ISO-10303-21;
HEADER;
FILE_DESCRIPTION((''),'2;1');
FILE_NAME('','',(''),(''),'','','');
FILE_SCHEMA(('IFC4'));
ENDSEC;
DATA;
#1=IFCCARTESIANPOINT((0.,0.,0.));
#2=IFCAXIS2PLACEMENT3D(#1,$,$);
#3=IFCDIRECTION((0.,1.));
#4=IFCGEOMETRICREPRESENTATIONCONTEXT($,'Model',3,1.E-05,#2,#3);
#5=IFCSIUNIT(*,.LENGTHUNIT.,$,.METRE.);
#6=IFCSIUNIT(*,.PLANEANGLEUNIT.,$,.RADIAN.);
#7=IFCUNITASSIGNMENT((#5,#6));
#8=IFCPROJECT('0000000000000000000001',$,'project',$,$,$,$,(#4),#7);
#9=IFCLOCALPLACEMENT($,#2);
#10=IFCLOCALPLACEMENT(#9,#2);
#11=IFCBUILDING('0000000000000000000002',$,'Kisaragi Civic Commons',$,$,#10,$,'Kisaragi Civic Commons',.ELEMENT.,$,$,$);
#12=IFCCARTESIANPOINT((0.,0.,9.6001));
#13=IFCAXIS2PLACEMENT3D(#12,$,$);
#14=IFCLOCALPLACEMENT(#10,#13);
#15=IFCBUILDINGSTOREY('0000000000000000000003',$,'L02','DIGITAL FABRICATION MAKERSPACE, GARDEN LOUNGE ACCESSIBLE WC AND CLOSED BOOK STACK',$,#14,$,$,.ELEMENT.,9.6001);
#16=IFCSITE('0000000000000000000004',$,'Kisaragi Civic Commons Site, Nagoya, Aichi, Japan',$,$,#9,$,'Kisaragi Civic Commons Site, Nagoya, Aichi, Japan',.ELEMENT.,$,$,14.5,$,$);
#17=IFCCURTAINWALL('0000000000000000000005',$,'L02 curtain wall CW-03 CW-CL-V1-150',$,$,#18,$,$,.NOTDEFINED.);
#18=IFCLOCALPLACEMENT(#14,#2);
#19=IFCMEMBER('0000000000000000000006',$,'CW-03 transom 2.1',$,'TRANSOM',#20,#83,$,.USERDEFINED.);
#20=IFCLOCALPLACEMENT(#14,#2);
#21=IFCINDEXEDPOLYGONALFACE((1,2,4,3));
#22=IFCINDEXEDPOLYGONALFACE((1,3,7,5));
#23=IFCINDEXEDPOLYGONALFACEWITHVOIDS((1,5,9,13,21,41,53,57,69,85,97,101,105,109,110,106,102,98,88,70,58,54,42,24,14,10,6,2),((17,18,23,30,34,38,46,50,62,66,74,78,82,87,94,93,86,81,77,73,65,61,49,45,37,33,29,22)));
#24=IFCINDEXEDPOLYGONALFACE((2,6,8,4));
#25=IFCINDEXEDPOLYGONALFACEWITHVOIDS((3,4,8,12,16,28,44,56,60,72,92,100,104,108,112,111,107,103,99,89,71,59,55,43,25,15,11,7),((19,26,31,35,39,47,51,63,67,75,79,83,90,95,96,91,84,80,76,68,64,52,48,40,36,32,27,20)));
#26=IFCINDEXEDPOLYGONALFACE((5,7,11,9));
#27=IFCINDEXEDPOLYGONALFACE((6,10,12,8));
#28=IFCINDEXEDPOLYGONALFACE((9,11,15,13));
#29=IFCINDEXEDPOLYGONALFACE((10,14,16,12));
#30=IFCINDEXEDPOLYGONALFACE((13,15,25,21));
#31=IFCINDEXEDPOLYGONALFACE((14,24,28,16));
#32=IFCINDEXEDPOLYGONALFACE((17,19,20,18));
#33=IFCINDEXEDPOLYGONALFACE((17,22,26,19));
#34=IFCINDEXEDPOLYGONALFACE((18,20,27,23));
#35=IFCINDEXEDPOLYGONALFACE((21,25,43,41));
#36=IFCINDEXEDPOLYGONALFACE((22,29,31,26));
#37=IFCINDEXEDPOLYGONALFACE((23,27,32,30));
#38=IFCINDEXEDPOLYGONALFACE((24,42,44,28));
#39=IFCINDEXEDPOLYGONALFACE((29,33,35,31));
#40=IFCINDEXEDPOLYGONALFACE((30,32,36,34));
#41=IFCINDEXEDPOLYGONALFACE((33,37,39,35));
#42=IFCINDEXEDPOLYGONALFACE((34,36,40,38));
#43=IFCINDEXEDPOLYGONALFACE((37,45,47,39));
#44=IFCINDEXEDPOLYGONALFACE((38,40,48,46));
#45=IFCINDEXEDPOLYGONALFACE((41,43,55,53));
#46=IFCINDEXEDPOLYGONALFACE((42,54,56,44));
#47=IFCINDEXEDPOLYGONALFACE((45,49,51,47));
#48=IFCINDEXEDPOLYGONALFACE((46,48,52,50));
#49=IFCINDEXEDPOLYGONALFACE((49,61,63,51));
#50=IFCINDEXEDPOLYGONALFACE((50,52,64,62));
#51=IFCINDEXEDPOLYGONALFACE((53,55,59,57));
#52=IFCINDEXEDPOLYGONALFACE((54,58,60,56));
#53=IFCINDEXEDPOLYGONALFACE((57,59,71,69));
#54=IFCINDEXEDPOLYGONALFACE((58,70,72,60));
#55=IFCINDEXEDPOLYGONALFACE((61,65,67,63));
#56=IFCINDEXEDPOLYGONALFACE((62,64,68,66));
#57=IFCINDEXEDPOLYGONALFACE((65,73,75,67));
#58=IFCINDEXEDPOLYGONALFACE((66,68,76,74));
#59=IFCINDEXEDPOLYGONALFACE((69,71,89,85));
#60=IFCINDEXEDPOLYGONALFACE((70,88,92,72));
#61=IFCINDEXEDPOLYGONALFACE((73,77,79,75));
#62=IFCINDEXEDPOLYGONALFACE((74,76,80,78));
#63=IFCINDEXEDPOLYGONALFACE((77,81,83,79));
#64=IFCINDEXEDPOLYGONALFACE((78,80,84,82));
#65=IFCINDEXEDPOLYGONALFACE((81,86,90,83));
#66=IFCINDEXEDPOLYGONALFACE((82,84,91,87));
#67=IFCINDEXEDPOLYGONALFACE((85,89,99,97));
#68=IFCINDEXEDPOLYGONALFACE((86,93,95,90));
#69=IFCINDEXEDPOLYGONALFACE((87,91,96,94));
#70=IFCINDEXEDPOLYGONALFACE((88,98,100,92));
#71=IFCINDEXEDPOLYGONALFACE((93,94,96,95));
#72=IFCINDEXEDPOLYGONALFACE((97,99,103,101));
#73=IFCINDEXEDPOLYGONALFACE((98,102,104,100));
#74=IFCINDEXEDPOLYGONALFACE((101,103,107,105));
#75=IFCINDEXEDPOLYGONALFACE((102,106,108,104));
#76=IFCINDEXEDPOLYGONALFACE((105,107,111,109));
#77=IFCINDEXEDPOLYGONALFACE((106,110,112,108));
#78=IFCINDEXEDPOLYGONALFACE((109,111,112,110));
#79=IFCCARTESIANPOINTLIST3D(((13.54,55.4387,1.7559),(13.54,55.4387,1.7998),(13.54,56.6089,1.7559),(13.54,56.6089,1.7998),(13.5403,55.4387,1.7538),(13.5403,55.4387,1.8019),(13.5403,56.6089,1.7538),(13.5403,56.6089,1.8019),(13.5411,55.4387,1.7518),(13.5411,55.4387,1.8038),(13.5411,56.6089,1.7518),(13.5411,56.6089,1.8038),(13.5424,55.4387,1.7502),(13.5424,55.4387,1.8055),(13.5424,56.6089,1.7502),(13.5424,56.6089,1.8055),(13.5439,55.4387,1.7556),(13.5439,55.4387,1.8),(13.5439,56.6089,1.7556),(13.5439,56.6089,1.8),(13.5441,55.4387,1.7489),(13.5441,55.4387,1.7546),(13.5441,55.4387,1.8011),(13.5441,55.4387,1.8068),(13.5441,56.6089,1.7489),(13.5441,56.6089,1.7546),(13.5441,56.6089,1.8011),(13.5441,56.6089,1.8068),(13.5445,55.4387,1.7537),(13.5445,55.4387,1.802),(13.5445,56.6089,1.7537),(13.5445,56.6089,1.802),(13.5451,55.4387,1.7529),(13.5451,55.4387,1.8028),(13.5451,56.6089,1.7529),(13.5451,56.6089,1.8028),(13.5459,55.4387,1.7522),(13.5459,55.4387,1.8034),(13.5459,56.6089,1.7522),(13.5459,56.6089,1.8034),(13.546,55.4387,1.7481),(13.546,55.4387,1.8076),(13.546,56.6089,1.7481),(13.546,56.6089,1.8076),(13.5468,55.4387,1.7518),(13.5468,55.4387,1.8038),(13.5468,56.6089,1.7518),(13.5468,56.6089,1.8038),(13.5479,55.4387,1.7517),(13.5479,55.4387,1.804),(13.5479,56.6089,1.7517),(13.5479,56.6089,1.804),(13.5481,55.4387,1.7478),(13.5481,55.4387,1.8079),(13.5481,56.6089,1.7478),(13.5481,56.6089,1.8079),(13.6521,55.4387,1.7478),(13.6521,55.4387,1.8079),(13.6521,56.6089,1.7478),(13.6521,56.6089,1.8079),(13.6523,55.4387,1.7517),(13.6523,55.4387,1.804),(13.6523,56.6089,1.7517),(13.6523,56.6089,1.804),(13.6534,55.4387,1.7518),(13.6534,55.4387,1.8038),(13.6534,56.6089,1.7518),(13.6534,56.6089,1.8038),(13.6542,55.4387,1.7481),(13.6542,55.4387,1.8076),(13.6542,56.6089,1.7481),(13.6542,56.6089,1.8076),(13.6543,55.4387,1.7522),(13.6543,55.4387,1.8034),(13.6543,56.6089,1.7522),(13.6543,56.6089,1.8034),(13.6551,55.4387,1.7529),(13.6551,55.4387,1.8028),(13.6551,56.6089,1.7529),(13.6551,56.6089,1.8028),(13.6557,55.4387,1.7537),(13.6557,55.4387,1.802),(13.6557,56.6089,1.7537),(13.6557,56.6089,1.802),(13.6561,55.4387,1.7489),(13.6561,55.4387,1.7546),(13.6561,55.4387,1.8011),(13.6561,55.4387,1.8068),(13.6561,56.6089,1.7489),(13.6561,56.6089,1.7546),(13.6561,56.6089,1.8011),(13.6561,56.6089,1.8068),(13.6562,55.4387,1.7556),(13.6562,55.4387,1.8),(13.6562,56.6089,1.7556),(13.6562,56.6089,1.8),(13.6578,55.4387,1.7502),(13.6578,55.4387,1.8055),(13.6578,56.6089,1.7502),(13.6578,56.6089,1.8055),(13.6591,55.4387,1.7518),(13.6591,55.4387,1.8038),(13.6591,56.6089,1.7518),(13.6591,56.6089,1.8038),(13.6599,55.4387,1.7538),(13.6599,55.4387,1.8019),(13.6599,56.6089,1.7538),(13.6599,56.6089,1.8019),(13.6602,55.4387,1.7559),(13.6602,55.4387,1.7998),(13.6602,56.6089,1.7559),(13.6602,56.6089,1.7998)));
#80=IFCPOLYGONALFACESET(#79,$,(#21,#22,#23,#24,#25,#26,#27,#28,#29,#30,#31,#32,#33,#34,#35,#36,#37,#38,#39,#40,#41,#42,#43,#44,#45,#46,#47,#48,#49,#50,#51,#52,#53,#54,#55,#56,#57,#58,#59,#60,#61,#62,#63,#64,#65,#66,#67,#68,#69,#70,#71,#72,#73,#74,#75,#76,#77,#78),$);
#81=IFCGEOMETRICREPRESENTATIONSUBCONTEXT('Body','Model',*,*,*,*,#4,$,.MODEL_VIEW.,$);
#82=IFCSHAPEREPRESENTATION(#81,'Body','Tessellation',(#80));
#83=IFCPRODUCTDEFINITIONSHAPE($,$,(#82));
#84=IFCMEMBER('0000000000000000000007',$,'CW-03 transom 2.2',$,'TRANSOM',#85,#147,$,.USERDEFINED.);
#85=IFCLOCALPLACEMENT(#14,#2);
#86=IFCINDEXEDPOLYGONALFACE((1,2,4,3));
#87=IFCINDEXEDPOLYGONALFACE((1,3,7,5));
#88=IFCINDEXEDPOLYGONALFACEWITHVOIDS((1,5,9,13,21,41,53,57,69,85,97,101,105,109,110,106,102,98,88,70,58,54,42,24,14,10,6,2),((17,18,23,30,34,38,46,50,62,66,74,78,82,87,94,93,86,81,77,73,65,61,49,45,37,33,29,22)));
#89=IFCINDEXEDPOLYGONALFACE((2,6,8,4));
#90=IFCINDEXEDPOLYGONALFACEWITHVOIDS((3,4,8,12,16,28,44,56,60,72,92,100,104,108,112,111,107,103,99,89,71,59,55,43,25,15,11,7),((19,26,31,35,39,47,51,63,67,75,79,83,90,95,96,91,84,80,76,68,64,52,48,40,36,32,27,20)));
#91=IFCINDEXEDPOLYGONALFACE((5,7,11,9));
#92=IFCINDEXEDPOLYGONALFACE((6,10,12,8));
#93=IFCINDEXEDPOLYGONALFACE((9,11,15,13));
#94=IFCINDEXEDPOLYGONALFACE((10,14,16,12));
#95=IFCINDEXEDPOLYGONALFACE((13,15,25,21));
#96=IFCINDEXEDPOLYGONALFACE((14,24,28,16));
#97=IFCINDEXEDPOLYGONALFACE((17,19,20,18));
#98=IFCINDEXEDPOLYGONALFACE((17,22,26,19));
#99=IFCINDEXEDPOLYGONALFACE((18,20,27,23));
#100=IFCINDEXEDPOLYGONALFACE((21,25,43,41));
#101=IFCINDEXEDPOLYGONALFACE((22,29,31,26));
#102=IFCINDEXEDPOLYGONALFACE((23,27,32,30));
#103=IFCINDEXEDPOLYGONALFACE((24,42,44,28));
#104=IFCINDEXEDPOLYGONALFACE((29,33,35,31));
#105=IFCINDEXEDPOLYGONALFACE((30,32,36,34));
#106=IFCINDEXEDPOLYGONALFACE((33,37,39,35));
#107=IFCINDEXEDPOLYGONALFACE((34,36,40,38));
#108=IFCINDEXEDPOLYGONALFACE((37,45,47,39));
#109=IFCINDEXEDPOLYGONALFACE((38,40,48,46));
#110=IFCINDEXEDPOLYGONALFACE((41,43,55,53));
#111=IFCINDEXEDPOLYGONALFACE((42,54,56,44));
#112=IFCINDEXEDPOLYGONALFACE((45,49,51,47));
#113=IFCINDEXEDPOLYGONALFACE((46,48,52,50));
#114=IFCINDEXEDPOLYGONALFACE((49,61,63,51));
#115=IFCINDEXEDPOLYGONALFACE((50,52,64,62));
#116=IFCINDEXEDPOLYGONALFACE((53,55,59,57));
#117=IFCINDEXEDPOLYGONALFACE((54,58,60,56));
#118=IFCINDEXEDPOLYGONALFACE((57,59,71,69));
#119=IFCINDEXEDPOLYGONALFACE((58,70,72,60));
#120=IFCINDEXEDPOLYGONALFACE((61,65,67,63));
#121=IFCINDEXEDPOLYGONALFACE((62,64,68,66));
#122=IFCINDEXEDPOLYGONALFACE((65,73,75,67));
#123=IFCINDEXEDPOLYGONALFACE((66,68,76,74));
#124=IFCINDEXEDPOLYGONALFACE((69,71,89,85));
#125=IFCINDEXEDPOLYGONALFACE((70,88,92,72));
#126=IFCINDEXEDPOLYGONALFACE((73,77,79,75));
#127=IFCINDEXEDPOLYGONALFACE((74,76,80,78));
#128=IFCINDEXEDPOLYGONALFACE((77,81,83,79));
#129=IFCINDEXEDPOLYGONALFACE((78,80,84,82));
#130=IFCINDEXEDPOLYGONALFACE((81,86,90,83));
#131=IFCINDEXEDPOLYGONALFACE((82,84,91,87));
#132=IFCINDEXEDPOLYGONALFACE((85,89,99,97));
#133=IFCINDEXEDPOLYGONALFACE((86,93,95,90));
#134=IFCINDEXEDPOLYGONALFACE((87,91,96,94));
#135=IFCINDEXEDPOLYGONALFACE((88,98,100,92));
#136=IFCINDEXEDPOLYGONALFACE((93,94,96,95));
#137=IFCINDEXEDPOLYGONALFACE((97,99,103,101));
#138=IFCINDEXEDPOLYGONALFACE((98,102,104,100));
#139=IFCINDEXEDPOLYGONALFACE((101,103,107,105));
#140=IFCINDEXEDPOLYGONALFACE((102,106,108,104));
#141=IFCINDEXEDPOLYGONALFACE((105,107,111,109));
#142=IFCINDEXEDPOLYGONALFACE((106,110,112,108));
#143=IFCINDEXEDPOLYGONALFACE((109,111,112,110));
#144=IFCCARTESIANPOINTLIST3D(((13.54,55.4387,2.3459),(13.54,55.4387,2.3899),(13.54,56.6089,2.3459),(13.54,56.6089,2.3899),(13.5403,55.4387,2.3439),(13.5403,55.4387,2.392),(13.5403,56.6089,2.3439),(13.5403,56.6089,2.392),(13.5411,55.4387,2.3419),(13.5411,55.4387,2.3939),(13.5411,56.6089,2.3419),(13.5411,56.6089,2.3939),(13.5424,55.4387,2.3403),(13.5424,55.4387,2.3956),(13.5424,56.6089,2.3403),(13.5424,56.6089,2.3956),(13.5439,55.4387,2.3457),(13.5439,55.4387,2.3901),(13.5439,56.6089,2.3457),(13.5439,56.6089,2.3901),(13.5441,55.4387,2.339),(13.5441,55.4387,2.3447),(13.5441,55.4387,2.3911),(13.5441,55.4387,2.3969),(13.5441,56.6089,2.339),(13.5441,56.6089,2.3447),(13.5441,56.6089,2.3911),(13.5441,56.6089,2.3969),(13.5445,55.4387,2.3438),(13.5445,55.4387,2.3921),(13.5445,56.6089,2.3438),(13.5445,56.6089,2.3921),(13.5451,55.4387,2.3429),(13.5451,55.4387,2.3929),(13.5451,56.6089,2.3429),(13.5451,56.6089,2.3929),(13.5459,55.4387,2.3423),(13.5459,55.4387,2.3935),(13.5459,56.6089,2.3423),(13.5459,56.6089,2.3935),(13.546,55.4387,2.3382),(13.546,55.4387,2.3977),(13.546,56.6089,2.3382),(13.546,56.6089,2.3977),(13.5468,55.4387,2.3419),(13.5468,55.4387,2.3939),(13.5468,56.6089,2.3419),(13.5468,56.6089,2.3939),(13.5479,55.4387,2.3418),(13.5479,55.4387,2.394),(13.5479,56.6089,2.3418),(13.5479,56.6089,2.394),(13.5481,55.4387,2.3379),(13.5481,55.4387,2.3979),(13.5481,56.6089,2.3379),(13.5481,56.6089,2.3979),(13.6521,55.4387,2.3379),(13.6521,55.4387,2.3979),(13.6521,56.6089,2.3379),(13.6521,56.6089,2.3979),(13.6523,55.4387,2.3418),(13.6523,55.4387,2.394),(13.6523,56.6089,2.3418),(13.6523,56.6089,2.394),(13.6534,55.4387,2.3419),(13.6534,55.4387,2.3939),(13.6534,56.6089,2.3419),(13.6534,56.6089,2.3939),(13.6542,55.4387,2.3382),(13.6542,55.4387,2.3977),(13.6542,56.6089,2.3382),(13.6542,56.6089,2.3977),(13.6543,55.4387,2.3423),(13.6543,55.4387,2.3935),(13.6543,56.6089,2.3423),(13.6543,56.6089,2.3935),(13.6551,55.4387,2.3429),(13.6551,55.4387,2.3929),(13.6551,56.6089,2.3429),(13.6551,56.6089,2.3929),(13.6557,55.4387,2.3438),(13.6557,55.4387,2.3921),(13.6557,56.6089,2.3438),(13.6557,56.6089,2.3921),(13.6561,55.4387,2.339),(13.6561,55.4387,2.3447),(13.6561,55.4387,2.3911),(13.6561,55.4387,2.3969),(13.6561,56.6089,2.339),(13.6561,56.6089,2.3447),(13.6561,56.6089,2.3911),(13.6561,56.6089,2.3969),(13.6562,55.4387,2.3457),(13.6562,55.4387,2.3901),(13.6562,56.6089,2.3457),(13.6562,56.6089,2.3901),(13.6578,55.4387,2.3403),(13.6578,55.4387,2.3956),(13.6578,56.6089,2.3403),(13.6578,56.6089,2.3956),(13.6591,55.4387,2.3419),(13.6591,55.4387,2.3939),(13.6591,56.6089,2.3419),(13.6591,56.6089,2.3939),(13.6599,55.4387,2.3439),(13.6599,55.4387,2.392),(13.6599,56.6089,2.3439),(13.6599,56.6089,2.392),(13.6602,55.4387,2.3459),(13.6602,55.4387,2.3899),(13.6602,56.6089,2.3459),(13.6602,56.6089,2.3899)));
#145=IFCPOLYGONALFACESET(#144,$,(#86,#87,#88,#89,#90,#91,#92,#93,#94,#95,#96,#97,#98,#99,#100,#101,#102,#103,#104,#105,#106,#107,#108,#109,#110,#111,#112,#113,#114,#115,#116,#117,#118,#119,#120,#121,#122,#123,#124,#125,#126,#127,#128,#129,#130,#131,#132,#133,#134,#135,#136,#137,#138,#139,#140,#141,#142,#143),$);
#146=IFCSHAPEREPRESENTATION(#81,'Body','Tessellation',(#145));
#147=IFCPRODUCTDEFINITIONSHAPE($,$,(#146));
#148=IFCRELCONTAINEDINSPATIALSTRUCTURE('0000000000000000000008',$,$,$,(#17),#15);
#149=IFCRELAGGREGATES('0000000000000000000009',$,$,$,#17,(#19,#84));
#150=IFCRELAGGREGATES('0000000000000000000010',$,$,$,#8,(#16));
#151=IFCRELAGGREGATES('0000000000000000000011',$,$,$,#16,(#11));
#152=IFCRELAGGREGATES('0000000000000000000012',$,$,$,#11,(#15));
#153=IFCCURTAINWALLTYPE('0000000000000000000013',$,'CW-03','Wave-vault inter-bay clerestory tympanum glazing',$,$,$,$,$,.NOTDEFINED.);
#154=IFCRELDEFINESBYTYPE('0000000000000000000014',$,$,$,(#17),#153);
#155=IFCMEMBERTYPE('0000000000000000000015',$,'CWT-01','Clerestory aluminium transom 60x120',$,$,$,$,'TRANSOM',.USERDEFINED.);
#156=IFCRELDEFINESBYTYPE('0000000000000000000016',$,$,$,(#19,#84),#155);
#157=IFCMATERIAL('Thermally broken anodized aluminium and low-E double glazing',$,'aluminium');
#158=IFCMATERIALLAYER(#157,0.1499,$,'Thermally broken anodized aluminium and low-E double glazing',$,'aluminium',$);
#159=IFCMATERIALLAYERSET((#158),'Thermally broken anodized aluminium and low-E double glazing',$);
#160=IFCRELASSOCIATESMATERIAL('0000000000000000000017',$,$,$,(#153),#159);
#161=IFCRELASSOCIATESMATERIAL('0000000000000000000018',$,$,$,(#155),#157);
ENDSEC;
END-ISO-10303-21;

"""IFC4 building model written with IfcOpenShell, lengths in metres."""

from ifc_helpers import new_model, si_unit, direction, frame, origin, origin_2d, place, context, subcontext, project, spatial, hollow_rectangle, extrude, material, layer, layer_set, material_profile, profile_set, type_object, element, aggregate, save


model = new_model("IFC4")

# Units and contexts
model_context = context("Model", 3, precision=1e-05, world=origin(), true_north=direction((0.0, 1.0)))
body_context = subcontext(model_context, "Body", "Model", "MODEL_VIEW")
ifc_project = project(units=[si_unit("LENGTHUNIT", "METRE"), si_unit("PLANEANGLEUNIT", "RADIAN")], contexts=[model_context])

# Site, building, storey
site_placement = place(None, origin())
site = spatial("IfcSite", under=ifc_project, at=site_placement, Name="Kisaragi Civic Commons Site, Nagoya, Aichi, Japan", LongName="Kisaragi Civic Commons Site, Nagoya, Aichi, Japan", CompositionType="ELEMENT", RefElevation=14.5)
building_placement = place(site_placement, origin())
building = spatial("IfcBuilding", under=site, at=building_placement, Name="Kisaragi Civic Commons", LongName="Kisaragi Civic Commons", CompositionType="ELEMENT")
storey_placement = place(building_placement, frame((0.0, 0.0, 9.6001)))
storey = spatial("IfcBuildingStorey", under=building, at=storey_placement, Name="L02", Description="DIGITAL FABRICATION MAKERSPACE, GARDEN LOUNGE ACCESSIBLE WC AND CLOSED BOOK STACK", CompositionType="ELEMENT", Elevation=9.6001)

# Curtain wall
ifc_material_1 = material(Name="Thermally broken anodized aluminium and low-E double glazing", Category="aluminium")
ifc_layer_1 = layer(ifc_material_1, 0.1499, Name="Thermally broken anodized aluminium and low-E double glazing", Category="aluminium")
ifc_layer_set_1 = layer_set([ifc_layer_1], Name="Thermally broken anodized aluminium and low-E double glazing")
curtain_wall_type = type_object("IfcCurtainWallType", Name="CW-03", Description="Wave-vault inter-bay clerestory tympanum glazing", PredefinedType="NOTDEFINED", material=ifc_layer_set_1)
curtain_wall_1_placement = place(storey_placement, origin())
curtain_wall_1 = element("IfcCurtainWall", 1, at=curtain_wall_1_placement, inside=storey, type_object=curtain_wall_type, Name="L02 curtain wall CW-03 CW-CL-V1-150", PredefinedType="NOTDEFINED")

# Members
ifc_material_profile_1 = material_profile(ifc_material_1, hollow_rectangle(XDim=0.1201, YDim=0.0601, WallThickness=0.0039, InnerFilletRadius=0.0039, OuterFilletRadius=0.0081, at=origin_2d()), Name="CWT-60x120x4", Category="aluminium")
ifc_profile_set_1 = profile_set([ifc_material_profile_1], Name="Thermally broken anodized aluminium and low-E double glazing")
member_type_1 = type_object("IfcMemberType", Name="CWT-01", Description="Clerestory aluminium transom 60x120", ElementType="TRANSOM", PredefinedType="USERDEFINED", material=ifc_profile_set_1)
member_1_placement = place(storey_placement, frame((13.6001, 55.4387, 1.7778), z_axis=(0.0, 1.0, 0.0), x_axis=(-1.0, 0.0, 0.0)))
member_1 = element("IfcMember", 2, at=member_1_placement, type_object=member_type_1, Name="CW-03 transom 2.1", ObjectType="TRANSOM", PredefinedType="USERDEFINED", context=body_context, shape_type="SweptSolid", body=[
    extrude(hollow_rectangle(XDim=0.1201, YDim=0.0601, WallThickness=0.0039, InnerFilletRadius=0.0039, OuterFilletRadius=0.0081, at=origin_2d()), origin(), (0.0, 0.0, 1.0), 1.1702),
])
member_2_placement = place(storey_placement, frame((13.6001, 55.4387, 2.3679), z_axis=(0.0, 1.0, 0.0), x_axis=(-1.0, 0.0, 0.0)))
member_2 = element("IfcMember", 3, at=member_2_placement, type_object=member_type_1, Name="CW-03 transom 2.2", ObjectType="TRANSOM", PredefinedType="USERDEFINED", context=body_context, shape_type="SweptSolid", body=[
    extrude(hollow_rectangle(XDim=0.1201, YDim=0.0601, WallThickness=0.0039, InnerFilletRadius=0.0039, OuterFilletRadius=0.0081, at=origin_2d()), origin(), (0.0, 0.0, 1.0), 1.1702),
])

aggregate(curtain_wall_1, [member_1, member_2])

save(model, "model.ifc")
